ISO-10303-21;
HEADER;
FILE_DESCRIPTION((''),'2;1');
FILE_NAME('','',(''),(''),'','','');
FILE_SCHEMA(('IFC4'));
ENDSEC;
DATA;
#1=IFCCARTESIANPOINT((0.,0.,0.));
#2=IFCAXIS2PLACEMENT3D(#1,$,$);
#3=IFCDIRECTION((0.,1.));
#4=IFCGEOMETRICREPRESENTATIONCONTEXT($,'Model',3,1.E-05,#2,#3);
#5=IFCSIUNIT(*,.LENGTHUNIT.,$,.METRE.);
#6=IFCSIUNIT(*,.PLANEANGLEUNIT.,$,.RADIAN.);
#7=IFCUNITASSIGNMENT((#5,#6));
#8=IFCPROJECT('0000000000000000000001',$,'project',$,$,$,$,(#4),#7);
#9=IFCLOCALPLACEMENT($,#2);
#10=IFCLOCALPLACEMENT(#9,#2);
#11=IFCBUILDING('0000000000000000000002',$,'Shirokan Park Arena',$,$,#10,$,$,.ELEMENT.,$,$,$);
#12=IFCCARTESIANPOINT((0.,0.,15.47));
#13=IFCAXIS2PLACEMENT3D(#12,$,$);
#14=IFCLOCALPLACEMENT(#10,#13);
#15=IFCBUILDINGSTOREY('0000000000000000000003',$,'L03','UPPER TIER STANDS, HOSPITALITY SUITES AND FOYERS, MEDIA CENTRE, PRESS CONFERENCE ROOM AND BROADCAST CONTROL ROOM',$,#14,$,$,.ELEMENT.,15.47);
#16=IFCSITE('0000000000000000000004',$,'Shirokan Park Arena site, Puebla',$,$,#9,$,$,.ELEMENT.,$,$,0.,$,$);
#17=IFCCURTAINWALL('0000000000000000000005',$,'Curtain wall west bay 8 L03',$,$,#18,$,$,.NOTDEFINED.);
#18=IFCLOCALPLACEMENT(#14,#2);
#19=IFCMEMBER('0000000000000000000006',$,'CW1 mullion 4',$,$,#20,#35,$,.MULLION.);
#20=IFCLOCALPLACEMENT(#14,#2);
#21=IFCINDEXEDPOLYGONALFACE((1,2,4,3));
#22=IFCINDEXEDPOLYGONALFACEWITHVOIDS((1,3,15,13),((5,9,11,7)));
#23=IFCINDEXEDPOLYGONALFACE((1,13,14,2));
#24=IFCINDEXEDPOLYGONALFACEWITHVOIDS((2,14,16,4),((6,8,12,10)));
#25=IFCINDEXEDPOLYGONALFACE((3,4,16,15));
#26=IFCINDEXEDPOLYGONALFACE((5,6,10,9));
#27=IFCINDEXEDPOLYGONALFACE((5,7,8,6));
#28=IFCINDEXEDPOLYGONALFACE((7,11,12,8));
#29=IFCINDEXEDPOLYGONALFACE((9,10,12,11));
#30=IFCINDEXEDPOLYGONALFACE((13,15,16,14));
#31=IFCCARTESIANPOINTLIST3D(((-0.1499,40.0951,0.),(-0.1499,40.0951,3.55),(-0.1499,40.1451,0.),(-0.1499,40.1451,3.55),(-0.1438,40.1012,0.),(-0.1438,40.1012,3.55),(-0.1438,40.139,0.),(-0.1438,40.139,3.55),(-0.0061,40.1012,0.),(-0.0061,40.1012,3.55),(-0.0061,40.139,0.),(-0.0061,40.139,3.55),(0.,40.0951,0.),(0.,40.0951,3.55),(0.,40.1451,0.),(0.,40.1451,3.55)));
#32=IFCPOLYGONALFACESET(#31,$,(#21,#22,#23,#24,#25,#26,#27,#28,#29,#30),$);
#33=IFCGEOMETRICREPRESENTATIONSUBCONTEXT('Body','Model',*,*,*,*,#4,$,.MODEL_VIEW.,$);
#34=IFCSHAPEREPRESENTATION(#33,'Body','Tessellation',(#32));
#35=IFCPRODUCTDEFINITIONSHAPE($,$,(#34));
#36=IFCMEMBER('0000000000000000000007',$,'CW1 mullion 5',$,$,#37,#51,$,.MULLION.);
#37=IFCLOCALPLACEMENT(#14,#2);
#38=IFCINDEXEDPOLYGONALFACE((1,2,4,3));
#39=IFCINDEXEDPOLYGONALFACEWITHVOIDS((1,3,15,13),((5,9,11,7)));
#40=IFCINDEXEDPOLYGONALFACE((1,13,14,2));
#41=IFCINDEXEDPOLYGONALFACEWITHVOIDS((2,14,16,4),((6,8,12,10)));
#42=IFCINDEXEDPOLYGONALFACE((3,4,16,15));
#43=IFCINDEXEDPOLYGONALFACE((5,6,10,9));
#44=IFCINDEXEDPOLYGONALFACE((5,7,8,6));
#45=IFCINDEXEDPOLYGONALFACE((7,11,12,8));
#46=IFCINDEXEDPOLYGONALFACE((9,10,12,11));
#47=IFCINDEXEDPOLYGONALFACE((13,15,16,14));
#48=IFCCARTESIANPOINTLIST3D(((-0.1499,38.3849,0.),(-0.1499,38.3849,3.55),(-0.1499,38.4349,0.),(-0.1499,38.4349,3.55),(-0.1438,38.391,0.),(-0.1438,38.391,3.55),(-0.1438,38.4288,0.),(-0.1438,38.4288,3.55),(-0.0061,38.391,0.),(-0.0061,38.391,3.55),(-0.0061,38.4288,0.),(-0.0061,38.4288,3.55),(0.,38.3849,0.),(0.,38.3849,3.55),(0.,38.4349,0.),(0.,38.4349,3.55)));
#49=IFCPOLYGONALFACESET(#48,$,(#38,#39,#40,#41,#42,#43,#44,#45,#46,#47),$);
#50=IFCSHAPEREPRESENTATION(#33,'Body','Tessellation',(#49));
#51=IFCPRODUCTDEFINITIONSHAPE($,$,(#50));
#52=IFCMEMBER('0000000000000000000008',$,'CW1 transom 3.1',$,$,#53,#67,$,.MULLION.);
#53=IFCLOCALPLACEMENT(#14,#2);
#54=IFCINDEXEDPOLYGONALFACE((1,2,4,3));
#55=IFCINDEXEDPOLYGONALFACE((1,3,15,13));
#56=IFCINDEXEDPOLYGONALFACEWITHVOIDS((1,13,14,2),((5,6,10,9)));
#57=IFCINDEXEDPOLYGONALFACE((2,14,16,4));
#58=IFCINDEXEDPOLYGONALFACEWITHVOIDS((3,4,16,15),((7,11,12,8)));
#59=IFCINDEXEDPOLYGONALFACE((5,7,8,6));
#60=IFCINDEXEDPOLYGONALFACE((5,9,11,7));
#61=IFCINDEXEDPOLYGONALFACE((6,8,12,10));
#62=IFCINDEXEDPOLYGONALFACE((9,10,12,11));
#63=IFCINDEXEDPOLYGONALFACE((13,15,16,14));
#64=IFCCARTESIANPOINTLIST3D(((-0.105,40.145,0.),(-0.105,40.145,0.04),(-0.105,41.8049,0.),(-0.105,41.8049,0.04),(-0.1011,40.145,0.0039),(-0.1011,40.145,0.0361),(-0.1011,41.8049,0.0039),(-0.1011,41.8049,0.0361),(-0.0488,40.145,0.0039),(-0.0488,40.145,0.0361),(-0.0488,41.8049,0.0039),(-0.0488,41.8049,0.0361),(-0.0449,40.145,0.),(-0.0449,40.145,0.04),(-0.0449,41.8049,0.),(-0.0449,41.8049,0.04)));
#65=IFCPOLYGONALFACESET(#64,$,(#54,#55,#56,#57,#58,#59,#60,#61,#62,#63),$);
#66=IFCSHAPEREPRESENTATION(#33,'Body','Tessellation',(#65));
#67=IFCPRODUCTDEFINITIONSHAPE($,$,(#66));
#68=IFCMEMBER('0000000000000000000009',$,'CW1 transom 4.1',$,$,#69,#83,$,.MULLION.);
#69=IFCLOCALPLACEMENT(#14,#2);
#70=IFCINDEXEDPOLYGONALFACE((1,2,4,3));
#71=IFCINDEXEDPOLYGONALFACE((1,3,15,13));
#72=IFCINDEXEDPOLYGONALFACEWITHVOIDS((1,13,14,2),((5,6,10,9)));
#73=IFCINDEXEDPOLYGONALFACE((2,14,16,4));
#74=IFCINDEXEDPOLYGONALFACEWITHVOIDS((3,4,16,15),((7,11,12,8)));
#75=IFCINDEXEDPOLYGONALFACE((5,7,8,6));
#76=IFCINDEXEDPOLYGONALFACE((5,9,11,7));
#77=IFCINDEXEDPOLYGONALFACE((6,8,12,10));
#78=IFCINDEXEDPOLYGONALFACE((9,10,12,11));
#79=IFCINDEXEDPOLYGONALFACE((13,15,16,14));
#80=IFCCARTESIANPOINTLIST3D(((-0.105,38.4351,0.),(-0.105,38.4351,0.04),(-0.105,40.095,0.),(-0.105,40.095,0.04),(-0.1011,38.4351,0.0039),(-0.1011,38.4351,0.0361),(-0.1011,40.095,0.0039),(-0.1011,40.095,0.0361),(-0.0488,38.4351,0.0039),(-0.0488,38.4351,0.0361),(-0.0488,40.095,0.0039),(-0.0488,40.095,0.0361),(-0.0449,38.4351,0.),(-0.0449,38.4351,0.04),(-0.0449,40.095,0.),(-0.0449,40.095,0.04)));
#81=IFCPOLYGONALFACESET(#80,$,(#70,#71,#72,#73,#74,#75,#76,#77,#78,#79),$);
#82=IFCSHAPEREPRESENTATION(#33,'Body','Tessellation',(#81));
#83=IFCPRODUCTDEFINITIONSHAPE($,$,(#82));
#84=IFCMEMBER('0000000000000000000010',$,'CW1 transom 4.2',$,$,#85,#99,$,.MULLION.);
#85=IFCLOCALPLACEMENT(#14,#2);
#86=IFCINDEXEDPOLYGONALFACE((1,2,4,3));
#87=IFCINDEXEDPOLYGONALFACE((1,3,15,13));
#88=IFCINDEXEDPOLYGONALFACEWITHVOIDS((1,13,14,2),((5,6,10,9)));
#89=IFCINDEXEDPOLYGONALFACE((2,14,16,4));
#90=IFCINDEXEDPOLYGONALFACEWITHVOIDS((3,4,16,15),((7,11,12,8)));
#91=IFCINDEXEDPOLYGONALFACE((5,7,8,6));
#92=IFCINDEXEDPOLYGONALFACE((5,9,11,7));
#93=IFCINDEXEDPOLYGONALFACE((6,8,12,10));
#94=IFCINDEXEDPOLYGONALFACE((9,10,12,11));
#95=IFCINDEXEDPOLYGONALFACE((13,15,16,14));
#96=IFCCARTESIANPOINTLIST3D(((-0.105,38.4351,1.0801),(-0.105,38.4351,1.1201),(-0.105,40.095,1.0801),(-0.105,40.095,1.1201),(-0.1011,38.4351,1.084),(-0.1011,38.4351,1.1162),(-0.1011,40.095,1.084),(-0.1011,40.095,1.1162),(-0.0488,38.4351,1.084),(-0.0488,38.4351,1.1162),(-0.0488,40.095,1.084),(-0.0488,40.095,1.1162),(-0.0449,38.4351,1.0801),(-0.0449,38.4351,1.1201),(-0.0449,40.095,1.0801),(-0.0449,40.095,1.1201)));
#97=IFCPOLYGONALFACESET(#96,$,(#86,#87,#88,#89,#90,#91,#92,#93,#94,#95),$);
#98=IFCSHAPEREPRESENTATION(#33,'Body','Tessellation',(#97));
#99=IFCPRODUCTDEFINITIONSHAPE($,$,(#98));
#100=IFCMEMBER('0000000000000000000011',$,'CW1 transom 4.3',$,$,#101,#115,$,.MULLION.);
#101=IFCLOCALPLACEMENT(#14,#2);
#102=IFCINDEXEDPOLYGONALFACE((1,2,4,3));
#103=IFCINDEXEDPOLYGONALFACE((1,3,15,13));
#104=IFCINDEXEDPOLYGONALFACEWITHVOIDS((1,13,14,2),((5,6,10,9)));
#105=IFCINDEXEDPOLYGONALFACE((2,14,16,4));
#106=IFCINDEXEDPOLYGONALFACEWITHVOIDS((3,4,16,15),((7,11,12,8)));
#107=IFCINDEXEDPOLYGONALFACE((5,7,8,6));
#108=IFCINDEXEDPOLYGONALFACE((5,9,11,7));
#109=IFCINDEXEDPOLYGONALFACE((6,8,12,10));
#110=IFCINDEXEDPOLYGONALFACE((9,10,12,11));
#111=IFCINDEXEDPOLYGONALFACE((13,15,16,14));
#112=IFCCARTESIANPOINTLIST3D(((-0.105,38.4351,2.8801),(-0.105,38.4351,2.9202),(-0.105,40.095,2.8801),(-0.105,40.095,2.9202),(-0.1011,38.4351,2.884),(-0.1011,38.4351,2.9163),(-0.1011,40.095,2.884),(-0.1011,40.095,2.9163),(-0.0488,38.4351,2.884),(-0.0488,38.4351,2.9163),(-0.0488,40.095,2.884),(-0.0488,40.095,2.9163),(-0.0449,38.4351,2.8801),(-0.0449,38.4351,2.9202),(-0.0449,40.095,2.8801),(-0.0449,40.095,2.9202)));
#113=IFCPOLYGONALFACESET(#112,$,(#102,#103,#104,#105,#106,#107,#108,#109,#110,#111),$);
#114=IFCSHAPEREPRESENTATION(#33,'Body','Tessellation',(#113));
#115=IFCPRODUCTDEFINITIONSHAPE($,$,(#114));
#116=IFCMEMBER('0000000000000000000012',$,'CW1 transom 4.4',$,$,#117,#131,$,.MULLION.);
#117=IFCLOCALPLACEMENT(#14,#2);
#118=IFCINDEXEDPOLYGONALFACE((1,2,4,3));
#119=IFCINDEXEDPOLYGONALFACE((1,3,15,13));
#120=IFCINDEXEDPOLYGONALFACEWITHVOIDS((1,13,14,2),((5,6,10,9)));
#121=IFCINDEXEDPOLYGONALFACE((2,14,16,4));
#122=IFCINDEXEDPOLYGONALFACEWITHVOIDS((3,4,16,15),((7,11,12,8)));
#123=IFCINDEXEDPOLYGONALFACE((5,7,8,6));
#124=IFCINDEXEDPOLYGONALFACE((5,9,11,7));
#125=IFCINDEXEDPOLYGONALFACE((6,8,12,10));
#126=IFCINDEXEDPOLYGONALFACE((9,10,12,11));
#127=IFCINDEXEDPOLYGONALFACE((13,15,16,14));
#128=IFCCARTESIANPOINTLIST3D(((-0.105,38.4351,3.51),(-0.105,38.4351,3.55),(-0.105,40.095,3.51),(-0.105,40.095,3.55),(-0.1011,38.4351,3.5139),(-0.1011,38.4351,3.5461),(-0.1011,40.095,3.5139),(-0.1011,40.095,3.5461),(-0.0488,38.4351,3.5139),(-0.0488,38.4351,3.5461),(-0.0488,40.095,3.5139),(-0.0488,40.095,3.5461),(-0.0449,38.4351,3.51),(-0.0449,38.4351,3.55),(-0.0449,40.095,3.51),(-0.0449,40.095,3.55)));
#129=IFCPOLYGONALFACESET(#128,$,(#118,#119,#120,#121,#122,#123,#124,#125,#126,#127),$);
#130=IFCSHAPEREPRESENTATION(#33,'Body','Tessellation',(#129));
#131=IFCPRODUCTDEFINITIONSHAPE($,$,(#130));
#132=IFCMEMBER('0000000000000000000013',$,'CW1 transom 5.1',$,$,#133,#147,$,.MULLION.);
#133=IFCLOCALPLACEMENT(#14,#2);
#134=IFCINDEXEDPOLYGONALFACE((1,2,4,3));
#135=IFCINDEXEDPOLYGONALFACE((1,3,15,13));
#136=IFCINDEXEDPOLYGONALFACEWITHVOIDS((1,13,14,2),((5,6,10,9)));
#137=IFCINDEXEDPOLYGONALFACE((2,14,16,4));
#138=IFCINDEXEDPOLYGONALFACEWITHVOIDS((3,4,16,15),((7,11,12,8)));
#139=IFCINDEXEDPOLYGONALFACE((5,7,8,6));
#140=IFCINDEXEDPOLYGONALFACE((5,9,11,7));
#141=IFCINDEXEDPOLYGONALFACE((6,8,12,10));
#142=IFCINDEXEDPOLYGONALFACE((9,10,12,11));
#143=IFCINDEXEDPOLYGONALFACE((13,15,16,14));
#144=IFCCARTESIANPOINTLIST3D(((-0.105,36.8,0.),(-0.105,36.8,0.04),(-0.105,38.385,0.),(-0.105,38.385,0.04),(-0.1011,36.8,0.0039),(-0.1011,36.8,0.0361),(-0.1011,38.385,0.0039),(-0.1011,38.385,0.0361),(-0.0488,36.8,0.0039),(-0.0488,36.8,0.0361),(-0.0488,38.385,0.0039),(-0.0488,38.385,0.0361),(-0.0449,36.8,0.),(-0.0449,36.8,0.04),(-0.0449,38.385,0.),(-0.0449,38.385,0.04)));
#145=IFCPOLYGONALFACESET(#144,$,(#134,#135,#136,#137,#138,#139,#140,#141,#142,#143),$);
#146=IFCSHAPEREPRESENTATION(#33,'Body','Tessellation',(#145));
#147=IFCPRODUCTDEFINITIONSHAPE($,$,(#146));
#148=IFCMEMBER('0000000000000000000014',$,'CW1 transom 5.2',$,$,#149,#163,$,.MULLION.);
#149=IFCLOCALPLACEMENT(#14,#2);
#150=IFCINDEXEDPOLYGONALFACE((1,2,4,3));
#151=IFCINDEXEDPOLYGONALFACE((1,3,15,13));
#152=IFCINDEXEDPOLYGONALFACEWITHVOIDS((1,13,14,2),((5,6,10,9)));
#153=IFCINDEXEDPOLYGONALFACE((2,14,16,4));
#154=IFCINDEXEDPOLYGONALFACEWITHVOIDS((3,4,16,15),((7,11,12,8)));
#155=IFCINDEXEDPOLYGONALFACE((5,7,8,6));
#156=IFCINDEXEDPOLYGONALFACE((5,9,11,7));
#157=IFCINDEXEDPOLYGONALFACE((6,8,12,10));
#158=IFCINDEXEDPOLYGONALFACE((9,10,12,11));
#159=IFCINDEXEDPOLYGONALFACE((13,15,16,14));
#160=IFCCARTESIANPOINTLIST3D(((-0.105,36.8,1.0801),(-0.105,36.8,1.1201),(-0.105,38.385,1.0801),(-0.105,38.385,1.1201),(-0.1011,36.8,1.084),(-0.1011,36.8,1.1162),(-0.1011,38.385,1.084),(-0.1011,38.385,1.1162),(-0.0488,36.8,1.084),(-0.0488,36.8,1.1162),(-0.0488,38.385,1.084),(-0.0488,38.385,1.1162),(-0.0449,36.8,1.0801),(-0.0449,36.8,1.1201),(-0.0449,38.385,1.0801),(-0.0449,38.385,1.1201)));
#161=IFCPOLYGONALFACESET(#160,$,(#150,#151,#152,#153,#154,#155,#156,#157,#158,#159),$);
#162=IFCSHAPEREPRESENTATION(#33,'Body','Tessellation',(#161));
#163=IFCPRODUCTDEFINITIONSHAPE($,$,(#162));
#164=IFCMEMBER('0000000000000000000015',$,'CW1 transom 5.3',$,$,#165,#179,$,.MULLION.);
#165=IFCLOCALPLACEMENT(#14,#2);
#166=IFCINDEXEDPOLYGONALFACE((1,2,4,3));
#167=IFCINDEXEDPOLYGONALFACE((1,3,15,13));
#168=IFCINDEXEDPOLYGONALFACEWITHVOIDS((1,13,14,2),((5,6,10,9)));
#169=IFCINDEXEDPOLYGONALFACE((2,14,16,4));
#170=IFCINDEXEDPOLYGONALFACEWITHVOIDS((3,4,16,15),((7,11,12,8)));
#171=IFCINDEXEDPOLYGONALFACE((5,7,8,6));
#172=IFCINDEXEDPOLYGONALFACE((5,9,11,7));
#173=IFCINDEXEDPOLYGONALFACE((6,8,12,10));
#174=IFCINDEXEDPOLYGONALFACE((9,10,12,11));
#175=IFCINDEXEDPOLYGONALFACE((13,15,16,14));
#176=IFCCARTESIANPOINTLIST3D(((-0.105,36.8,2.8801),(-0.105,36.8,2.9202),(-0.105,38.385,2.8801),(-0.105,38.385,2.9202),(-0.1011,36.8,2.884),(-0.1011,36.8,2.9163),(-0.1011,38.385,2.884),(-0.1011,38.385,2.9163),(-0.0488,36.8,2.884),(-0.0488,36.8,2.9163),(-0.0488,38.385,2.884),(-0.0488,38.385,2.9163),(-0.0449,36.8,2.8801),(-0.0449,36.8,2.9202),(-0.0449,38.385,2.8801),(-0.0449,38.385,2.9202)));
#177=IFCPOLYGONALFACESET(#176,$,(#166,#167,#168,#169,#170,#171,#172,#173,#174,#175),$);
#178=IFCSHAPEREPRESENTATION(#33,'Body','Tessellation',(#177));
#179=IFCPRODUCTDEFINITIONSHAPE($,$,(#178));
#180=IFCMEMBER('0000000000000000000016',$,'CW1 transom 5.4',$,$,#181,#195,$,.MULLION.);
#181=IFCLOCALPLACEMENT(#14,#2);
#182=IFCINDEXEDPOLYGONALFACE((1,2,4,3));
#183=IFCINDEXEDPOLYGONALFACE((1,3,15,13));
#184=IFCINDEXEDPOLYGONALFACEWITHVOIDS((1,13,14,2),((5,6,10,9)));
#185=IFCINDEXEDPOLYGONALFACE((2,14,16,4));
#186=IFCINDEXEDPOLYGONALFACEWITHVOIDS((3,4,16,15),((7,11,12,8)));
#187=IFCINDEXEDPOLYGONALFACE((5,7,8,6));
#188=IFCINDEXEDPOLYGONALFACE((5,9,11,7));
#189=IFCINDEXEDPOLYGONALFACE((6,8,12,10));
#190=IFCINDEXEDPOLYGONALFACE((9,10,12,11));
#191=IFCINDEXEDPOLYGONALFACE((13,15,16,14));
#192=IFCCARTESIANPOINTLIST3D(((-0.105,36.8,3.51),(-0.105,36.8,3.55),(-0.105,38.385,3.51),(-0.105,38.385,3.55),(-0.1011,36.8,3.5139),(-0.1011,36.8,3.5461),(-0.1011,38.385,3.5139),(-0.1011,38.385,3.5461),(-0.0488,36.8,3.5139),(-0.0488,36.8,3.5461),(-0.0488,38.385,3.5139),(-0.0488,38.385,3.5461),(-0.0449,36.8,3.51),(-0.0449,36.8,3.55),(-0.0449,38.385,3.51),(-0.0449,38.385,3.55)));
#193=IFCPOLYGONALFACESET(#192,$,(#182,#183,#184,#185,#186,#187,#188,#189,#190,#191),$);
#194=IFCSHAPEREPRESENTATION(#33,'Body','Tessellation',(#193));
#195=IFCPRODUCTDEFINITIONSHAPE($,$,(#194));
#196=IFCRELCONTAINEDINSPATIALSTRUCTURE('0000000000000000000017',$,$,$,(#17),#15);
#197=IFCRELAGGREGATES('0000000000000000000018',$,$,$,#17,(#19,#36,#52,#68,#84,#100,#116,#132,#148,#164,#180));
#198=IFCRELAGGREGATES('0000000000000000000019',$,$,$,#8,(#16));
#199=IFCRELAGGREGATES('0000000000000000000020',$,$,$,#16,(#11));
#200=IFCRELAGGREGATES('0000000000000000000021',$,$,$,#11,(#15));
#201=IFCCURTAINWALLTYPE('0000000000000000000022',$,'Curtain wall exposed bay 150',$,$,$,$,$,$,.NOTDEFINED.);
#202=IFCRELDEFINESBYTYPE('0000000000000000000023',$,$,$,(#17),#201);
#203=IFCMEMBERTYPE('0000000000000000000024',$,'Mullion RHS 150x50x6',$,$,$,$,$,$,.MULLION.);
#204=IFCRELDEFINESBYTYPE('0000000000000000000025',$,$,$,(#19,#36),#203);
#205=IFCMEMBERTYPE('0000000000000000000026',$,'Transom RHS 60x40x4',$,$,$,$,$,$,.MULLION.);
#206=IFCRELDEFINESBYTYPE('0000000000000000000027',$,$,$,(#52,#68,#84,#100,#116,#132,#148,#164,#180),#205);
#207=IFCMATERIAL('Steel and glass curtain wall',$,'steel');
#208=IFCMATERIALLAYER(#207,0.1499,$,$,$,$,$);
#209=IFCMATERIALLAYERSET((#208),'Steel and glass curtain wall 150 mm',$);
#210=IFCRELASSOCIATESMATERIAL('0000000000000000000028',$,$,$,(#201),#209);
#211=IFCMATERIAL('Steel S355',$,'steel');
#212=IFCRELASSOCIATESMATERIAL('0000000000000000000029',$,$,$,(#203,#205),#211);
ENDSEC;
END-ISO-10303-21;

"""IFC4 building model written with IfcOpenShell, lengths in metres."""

from ifc_helpers import new_model, si_unit, direction, frame, origin, origin_2d, place, context, subcontext, project, spatial, hollow_rectangle, extrude, material, layer, layer_set, material_profile, profile_set, type_object, element, aggregate, save


model = new_model("IFC4")

# Units and contexts
model_context = context("Model", 3, precision=1e-05, world=origin(), true_north=direction((0.0, 1.0)))
body_context = subcontext(model_context, "Body", "Model", "MODEL_VIEW")
ifc_project = project(units=[si_unit("LENGTHUNIT", "METRE"), si_unit("PLANEANGLEUNIT", "RADIAN")], contexts=[model_context])

# Site, building, storey
site_placement = place(None, origin())
site = spatial("IfcSite", under=ifc_project, at=site_placement, Name="Shirokan Park Arena site, Puebla", CompositionType="ELEMENT", RefElevation=0.0)
building_placement = place(site_placement, origin())
building = spatial("IfcBuilding", under=site, at=building_placement, Name="Shirokan Park Arena", CompositionType="ELEMENT")
storey_placement = place(building_placement, frame((0.0, 0.0, 15.47)))
storey = spatial("IfcBuildingStorey", under=building, at=storey_placement, Name="L03", Description="UPPER TIER STANDS, HOSPITALITY SUITES AND FOYERS, MEDIA CENTRE, PRESS CONFERENCE ROOM AND BROADCAST CONTROL ROOM", CompositionType="ELEMENT", Elevation=15.47)

# Curtain wall, members
ifc_material_1 = material(Name="Steel and glass curtain wall", Category="steel")
ifc_layer_1 = layer(ifc_material_1, 0.1499)
ifc_layer_set_1 = layer_set([ifc_layer_1], Name="Steel and glass curtain wall 150 mm")
curtain_wall_type = type_object("IfcCurtainWallType", Name="Curtain wall exposed bay 150", PredefinedType="NOTDEFINED", material=ifc_layer_set_1)
curtain_wall_placement = place(storey_placement, origin())
curtain_wall = element("IfcCurtainWall", 1, at=curtain_wall_placement, inside=storey, type_object=curtain_wall_type, Name="Curtain wall west bay 8 L03", PredefinedType="NOTDEFINED")
ifc_material_2 = material(Name="Steel S355", Category="steel")
ifc_material_profile_1 = material_profile(ifc_material_2, hollow_rectangle(XDim=0.1499, YDim=0.05, WallThickness=0.0061, at=origin_2d()), Name="RHS 150x50x6")
ifc_profile_set_1 = profile_set([ifc_material_profile_1], Name="Steel S355")
member_type_1 = type_object("IfcMemberType", Name="Mullion RHS 150x50x6", PredefinedType="MULLION", material=ifc_profile_set_1)
member_1_placement = place(storey_placement, frame((-0.075, 40.1201, 0.0), z_axis=(0.0, 0.0, 1.0), x_axis=(1.0, 0.0, 0.0)))
member_1 = element("IfcMember", 2, at=member_1_placement, type_object=member_type_1, Name="CW1 mullion 4", PredefinedType="MULLION", context=body_context, shape_type="SweptSolid", body=[
    extrude(hollow_rectangle(XDim=0.1499, YDim=0.05, WallThickness=0.0061, at=origin_2d()), origin(), (0.0, 0.0, 1.0), 3.55),
])
member_2_placement = place(storey_placement, frame((-0.075, 38.4099, 0.0), z_axis=(0.0, 0.0, 1.0), x_axis=(1.0, 0.0, 0.0)))
member_2 = element("IfcMember", 3, at=member_2_placement, type_object=member_type_1, Name="CW1 mullion 5", PredefinedType="MULLION", context=body_context, shape_type="SweptSolid", body=[
    extrude(hollow_rectangle(XDim=0.1499, YDim=0.05, WallThickness=0.0061, at=origin_2d()), origin(), (0.0, 0.0, 1.0), 3.55),
])
ifc_material_profile_2 = material_profile(ifc_material_2, hollow_rectangle(XDim=0.0601, YDim=0.04, WallThickness=0.0039, at=origin_2d()), Name="RHS 60x40x4")
ifc_profile_set_2 = profile_set([ifc_material_profile_2], Name="Steel S355")
member_type_2 = type_object("IfcMemberType", Name="Transom RHS 60x40x4", PredefinedType="MULLION", material=ifc_profile_set_2)
member_3_placement = place(storey_placement, frame((-0.075, 41.8049, 0.02), z_axis=(0.0, -1.0, 0.0), x_axis=(1.0, 0.0, 0.0)))
member_3 = element("IfcMember", 4, at=member_3_placement, type_object=member_type_2, Name="CW1 transom 3.1", PredefinedType="MULLION", context=body_context, shape_type="SweptSolid", body=[
    extrude(hollow_rectangle(XDim=0.0601, YDim=0.04, WallThickness=0.0039, at=origin_2d()), origin(), (0.0, 0.0, 1.0), 1.6599),
])
member_4_placement = place(storey_placement, frame((-0.075, 40.095, 0.02), z_axis=(0.0, -1.0, 0.0), x_axis=(1.0, 0.0, 0.0)))
member_4 = element("IfcMember", 5, at=member_4_placement, type_object=member_type_2, Name="CW1 transom 4.1", PredefinedType="MULLION", context=body_context, shape_type="SweptSolid", body=[
    extrude(hollow_rectangle(XDim=0.0601, YDim=0.04, WallThickness=0.0039, at=origin_2d()), origin(), (0.0, 0.0, 1.0), 1.6599),
])
member_5_placement = place(storey_placement, frame((-0.075, 40.095, 1.1001), z_axis=(0.0, -1.0, 0.0), x_axis=(1.0, 0.0, 0.0)))
member_5 = element("IfcMember", 6, at=member_5_placement, type_object=member_type_2, Name="CW1 transom 4.2", PredefinedType="MULLION", context=body_context, shape_type="SweptSolid", body=[
    extrude(hollow_rectangle(XDim=0.0601, YDim=0.04, WallThickness=0.0039, at=origin_2d()), origin(), (0.0, 0.0, 1.0), 1.6599),
])
member_6_placement = place(storey_placement, frame((-0.075, 40.095, 2.9001), z_axis=(0.0, -1.0, 0.0), x_axis=(1.0, 0.0, 0.0)))
member_6 = element("IfcMember", 7, at=member_6_placement, type_object=member_type_2, Name="CW1 transom 4.3", PredefinedType="MULLION", context=body_context, shape_type="SweptSolid", body=[
    extrude(hollow_rectangle(XDim=0.0601, YDim=0.04, WallThickness=0.0039, at=origin_2d()), origin(), (0.0, 0.0, 1.0), 1.6599),
])
member_7_placement = place(storey_placement, frame((-0.075, 40.095, 3.53), z_axis=(0.0, -1.0, 0.0), x_axis=(1.0, 0.0, 0.0)))
member_7 = element("IfcMember", 8, at=member_7_placement, type_object=member_type_2, Name="CW1 transom 4.4", PredefinedType="MULLION", context=body_context, shape_type="SweptSolid", body=[
    extrude(hollow_rectangle(XDim=0.0601, YDim=0.04, WallThickness=0.0039, at=origin_2d()), origin(), (0.0, 0.0, 1.0), 1.6599),
])
member_8_placement = place(storey_placement, frame((-0.075, 38.385, 0.02), z_axis=(0.0, -1.0, 0.0), x_axis=(1.0, 0.0, 0.0)))
member_8 = element("IfcMember", 9, at=member_8_placement, type_object=member_type_2, Name="CW1 transom 5.1", PredefinedType="MULLION", context=body_context, shape_type="SweptSolid", body=[
    extrude(hollow_rectangle(XDim=0.0601, YDim=0.04, WallThickness=0.0039, at=origin_2d()), origin(), (0.0, 0.0, 1.0), 1.585),
])
member_9_placement = place(storey_placement, frame((-0.075, 38.385, 1.1001), z_axis=(0.0, -1.0, 0.0), x_axis=(1.0, 0.0, 0.0)))
member_9 = element("IfcMember", 10, at=member_9_placement, type_object=member_type_2, Name="CW1 transom 5.2", PredefinedType="MULLION", context=body_context, shape_type="SweptSolid", body=[
    extrude(hollow_rectangle(XDim=0.0601, YDim=0.04, WallThickness=0.0039, at=origin_2d()), origin(), (0.0, 0.0, 1.0), 1.585),
])
member_10_placement = place(storey_placement, frame((-0.075, 38.385, 2.9001), z_axis=(0.0, -1.0, 0.0), x_axis=(1.0, 0.0, 0.0)))
member_10 = element("IfcMember", 11, at=member_10_placement, type_object=member_type_2, Name="CW1 transom 5.3", PredefinedType="MULLION", context=body_context, shape_type="SweptSolid", body=[
    extrude(hollow_rectangle(XDim=0.0601, YDim=0.04, WallThickness=0.0039, at=origin_2d()), origin(), (0.0, 0.0, 1.0), 1.585),
])
member_11_placement = place(storey_placement, frame((-0.075, 38.385, 3.53), z_axis=(0.0, -1.0, 0.0), x_axis=(1.0, 0.0, 0.0)))
member_11 = element("IfcMember", 12, at=member_11_placement, type_object=member_type_2, Name="CW1 transom 5.4", PredefinedType="MULLION", context=body_context, shape_type="SweptSolid", body=[
    extrude(hollow_rectangle(XDim=0.0601, YDim=0.04, WallThickness=0.0039, at=origin_2d()), origin(), (0.0, 0.0, 1.0), 1.585),
])
aggregate(curtain_wall, [member_1, member_2, member_3, member_4, member_5, member_6, member_7, member_8, member_9, member_10, member_11])

save(model, "model.ifc")
